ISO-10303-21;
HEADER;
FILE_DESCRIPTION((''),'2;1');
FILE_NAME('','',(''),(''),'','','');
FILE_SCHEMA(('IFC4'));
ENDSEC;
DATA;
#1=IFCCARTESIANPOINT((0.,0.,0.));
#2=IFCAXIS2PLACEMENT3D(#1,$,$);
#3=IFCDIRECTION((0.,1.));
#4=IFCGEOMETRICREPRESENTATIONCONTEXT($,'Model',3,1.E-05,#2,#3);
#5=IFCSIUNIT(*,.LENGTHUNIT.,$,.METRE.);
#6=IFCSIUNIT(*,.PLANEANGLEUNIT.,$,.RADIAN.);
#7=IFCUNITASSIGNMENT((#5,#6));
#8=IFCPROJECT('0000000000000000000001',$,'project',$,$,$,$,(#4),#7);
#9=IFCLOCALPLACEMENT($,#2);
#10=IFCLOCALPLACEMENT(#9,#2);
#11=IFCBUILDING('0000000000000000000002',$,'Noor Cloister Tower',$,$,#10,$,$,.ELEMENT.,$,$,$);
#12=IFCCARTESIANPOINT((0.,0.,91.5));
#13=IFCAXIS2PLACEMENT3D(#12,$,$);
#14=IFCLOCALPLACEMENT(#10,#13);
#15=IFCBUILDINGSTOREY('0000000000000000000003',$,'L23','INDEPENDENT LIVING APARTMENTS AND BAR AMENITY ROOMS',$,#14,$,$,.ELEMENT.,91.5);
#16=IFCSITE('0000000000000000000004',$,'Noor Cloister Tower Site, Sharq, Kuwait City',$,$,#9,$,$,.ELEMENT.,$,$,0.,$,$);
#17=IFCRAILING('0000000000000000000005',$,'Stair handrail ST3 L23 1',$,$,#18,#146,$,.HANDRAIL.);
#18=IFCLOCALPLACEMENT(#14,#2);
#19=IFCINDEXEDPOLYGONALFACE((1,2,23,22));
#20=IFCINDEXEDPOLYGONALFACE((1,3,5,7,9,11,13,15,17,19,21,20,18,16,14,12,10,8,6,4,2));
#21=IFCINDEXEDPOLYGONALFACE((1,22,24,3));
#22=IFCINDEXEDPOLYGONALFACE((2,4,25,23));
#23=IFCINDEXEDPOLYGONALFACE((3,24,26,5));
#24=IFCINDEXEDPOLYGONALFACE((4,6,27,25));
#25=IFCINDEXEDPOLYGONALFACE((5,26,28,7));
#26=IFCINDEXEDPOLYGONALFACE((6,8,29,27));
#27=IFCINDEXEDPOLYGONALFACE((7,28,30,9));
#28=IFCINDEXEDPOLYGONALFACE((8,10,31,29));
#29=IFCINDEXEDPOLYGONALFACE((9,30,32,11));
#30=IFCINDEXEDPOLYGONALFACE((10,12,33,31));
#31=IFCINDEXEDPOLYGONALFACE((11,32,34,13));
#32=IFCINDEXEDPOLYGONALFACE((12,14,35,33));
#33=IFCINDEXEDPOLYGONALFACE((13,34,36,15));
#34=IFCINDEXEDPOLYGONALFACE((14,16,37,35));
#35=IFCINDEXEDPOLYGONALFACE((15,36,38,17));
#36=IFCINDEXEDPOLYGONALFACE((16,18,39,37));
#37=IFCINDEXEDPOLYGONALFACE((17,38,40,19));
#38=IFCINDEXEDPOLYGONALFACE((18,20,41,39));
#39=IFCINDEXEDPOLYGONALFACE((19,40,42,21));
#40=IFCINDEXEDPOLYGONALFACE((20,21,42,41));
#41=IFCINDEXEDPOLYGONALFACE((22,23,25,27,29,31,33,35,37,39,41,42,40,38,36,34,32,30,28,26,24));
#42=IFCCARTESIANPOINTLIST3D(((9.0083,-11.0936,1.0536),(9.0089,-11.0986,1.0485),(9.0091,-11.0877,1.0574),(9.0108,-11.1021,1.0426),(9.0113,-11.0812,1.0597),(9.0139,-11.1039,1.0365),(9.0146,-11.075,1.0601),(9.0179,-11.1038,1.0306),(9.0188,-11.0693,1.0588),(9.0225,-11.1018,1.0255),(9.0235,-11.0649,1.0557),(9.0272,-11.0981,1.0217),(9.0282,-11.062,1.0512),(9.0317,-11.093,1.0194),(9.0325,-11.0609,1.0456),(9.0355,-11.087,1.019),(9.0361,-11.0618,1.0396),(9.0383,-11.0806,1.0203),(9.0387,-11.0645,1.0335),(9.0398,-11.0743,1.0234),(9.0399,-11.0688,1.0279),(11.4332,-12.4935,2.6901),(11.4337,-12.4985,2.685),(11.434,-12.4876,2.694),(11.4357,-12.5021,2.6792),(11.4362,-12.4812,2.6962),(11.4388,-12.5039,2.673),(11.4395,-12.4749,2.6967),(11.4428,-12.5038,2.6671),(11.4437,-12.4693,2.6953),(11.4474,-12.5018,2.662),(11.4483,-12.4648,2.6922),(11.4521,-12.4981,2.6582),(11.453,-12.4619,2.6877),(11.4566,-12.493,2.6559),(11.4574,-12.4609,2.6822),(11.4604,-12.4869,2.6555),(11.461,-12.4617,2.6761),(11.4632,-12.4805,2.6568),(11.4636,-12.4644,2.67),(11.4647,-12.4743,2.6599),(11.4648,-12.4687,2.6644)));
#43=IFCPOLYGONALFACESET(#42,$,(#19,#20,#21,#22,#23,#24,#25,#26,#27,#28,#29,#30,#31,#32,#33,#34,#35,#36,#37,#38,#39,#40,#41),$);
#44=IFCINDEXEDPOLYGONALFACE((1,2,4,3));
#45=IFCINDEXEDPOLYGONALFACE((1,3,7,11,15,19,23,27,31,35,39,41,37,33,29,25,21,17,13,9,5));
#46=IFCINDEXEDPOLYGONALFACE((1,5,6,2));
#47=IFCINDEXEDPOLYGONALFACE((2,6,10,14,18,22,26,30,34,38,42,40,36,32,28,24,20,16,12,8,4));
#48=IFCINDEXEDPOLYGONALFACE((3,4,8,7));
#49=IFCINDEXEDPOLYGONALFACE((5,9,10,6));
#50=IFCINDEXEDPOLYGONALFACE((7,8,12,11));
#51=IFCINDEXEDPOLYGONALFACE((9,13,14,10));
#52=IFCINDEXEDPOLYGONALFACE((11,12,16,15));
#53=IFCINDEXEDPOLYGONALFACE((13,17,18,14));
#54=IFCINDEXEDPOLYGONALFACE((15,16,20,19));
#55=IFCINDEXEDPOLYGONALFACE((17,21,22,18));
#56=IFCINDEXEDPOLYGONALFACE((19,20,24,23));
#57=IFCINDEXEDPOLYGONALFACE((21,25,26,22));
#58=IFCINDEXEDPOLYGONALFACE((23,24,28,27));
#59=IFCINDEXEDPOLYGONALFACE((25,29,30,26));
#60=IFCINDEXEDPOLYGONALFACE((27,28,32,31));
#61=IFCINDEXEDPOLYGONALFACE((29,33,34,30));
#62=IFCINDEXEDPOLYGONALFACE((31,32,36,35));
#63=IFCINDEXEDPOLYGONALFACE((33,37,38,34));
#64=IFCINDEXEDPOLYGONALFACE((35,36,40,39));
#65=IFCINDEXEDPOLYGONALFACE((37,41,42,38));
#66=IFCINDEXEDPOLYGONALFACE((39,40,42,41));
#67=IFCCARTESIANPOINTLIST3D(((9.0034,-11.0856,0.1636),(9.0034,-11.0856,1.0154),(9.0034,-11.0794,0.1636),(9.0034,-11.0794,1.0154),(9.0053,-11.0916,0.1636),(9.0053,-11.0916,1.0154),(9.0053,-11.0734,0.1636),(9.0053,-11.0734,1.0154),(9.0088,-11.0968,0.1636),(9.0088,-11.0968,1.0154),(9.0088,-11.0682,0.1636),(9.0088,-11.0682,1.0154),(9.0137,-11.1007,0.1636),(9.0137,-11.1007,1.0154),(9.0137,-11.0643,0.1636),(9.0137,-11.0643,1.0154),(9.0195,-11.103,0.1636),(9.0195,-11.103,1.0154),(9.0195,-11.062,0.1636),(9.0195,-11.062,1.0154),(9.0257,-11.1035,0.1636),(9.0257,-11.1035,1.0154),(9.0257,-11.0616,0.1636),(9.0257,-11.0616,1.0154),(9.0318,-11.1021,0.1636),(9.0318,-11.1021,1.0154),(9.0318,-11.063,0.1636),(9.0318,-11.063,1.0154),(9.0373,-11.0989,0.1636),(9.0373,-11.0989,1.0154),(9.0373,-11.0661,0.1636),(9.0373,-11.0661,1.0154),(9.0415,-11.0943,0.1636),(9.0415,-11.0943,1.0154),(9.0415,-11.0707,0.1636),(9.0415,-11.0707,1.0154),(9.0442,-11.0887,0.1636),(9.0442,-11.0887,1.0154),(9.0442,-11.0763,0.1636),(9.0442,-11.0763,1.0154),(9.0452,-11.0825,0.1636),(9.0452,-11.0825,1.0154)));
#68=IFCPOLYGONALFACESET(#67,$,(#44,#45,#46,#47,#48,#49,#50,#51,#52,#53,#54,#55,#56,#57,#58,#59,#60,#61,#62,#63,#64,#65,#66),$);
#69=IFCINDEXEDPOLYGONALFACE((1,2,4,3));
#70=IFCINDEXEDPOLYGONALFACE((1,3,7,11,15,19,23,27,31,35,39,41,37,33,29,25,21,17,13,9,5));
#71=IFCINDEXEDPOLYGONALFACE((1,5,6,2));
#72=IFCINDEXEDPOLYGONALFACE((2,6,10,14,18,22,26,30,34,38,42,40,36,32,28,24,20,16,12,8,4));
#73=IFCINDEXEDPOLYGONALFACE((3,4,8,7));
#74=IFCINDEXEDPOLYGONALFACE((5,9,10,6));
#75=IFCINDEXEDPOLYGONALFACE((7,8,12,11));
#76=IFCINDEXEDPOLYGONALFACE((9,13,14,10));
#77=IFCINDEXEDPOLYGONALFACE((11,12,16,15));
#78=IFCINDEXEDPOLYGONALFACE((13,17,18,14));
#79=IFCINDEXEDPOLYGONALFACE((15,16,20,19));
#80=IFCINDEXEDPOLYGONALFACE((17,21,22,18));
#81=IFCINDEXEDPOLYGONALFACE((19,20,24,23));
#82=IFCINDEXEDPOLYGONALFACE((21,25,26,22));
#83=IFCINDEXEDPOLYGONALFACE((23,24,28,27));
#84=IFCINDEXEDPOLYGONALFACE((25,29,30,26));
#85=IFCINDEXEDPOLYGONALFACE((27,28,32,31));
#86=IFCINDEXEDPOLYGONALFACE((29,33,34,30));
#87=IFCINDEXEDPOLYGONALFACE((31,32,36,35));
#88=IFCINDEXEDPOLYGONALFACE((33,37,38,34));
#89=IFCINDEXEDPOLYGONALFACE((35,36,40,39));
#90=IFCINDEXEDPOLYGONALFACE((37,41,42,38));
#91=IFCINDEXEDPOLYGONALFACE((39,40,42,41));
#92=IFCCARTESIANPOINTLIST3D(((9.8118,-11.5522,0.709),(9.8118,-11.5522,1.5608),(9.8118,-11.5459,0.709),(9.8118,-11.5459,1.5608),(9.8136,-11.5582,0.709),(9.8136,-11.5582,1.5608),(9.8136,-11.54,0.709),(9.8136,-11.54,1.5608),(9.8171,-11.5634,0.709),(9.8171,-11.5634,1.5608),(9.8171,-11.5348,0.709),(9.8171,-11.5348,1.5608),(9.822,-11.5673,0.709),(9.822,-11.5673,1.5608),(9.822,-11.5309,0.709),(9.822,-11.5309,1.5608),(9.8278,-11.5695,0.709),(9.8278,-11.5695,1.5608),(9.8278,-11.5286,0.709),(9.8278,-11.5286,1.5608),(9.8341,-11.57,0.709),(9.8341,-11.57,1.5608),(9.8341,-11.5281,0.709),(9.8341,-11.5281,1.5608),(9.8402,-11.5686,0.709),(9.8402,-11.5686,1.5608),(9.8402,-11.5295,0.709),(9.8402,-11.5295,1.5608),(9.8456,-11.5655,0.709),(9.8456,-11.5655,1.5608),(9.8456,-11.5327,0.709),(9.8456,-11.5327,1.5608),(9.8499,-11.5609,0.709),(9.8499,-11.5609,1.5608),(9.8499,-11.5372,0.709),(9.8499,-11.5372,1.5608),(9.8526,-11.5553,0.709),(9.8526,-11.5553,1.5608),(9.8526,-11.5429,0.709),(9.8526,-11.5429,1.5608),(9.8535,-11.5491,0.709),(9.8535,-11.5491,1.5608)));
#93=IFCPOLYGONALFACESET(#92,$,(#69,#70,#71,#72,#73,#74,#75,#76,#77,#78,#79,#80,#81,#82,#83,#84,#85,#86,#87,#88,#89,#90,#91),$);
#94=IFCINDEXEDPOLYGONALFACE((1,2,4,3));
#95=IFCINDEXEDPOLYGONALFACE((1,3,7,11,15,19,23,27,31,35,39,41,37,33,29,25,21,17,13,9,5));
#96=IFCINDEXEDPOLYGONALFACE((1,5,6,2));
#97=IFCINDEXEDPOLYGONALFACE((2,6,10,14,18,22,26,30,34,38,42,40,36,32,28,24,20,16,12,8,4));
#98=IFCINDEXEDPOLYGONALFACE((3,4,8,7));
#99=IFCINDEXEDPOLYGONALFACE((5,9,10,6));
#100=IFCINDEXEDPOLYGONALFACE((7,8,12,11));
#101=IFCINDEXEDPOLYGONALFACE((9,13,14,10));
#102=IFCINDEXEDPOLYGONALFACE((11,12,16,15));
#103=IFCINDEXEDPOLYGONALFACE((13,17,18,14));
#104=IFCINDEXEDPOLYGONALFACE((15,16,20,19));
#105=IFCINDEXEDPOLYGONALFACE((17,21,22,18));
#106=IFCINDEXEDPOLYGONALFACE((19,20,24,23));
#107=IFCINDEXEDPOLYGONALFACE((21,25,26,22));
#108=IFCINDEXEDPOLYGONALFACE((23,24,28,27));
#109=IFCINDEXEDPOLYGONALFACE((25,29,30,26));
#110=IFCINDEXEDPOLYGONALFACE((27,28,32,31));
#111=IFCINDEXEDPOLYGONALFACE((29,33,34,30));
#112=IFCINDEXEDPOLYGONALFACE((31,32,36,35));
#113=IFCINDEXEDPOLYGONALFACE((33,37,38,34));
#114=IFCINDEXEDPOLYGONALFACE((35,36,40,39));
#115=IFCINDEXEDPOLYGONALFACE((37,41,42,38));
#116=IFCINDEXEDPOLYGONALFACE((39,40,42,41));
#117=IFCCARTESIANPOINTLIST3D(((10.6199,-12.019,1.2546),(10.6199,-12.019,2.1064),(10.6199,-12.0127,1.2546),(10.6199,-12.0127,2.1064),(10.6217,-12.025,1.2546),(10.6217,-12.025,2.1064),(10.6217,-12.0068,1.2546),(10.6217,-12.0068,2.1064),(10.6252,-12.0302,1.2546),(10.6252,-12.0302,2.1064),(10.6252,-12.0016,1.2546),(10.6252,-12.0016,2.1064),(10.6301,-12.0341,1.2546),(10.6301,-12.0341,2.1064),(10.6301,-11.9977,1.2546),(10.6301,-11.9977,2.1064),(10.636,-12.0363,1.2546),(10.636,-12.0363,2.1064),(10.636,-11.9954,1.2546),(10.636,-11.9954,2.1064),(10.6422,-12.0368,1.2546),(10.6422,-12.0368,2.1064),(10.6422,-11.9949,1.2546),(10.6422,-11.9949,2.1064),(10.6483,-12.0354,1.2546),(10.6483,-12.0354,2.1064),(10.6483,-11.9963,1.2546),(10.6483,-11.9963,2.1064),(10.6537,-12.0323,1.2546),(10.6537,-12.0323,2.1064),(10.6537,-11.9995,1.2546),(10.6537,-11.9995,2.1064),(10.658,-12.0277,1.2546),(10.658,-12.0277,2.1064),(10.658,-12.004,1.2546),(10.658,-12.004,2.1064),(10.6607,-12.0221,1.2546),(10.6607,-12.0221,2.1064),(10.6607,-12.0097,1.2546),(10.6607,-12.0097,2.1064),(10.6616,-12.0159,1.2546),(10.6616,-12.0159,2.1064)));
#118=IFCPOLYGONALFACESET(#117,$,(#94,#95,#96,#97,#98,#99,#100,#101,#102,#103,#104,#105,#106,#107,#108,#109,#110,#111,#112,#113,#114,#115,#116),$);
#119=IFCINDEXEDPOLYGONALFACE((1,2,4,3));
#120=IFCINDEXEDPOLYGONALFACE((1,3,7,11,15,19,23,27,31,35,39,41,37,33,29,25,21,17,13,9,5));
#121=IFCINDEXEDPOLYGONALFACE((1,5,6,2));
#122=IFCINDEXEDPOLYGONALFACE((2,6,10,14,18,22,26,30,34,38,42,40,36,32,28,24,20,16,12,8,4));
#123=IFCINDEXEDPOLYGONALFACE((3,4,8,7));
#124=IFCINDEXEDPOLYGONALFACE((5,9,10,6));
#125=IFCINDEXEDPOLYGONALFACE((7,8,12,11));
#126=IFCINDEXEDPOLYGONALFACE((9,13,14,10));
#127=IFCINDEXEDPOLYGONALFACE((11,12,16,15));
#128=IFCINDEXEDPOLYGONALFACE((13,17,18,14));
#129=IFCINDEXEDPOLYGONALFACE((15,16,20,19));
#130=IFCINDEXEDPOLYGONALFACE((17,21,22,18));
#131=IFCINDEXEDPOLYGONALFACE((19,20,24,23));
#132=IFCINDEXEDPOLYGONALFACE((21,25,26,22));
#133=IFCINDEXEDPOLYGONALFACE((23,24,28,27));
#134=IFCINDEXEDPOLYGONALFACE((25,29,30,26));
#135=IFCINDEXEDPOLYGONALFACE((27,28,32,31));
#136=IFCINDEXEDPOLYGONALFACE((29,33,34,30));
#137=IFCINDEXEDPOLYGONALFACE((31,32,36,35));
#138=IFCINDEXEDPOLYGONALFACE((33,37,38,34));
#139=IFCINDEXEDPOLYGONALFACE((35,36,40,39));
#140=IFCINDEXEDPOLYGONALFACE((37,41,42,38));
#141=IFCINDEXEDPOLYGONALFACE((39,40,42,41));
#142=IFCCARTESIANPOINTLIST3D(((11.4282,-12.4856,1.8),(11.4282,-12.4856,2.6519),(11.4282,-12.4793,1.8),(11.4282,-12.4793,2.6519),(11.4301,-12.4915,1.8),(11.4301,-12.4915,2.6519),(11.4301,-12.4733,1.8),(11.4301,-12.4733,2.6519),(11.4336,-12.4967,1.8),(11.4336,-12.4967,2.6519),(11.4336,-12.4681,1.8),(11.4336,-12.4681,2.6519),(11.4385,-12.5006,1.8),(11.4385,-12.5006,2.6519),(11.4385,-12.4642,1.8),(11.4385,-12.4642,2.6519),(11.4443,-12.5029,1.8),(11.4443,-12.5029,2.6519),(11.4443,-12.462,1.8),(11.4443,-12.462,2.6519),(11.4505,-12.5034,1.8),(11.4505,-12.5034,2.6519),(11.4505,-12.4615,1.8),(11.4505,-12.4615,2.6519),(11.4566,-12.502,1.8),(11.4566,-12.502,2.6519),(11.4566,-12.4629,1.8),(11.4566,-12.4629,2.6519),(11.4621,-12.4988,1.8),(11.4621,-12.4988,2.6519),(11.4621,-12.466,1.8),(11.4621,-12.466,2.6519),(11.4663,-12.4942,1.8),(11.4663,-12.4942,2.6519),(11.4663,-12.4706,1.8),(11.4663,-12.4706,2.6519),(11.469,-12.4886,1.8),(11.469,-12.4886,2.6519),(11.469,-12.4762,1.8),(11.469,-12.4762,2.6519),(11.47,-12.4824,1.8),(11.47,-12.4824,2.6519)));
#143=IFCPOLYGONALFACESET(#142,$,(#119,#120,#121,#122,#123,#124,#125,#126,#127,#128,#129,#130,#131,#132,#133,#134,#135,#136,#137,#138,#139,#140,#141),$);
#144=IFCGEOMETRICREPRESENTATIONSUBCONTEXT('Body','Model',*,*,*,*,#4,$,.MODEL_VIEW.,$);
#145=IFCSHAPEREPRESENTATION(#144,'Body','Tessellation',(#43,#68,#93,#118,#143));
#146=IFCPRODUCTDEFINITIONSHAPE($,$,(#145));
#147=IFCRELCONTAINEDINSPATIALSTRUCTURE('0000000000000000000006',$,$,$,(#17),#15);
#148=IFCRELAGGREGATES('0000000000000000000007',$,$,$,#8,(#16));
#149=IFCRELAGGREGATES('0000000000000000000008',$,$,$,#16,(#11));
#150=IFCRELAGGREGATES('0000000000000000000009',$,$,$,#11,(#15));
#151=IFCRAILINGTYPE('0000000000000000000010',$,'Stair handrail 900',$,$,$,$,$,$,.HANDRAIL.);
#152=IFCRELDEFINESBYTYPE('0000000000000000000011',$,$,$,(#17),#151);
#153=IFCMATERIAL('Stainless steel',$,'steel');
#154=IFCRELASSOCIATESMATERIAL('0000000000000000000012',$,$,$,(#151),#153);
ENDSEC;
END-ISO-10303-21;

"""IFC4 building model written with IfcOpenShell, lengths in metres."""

from ifc_helpers import new_model, si_unit, direction, frame, origin, origin_2d, place, context, subcontext, project, spatial, circle, extrude, material, type_object, element, save


model = new_model("IFC4")

# Units and contexts
model_context = context("Model", 3, precision=1e-05, world=origin(), true_north=direction((0.0, 1.0)))
body_context = subcontext(model_context, "Body", "Model", "MODEL_VIEW")
ifc_project = project(units=[si_unit("LENGTHUNIT", "METRE"), si_unit("PLANEANGLEUNIT", "RADIAN")], contexts=[model_context])

# Site, building, storey
site_placement = place(None, origin())
site = spatial("IfcSite", under=ifc_project, at=site_placement, Name="Noor Cloister Tower Site, Sharq, Kuwait City", CompositionType="ELEMENT", RefElevation=0.0)
building_placement = place(site_placement, origin())
building = spatial("IfcBuilding", under=site, at=building_placement, Name="Noor Cloister Tower", CompositionType="ELEMENT")
storey_placement = place(building_placement, frame((0.0, 0.0, 91.5)))
storey = spatial("IfcBuildingStorey", under=building, at=storey_placement, Name="L23", Description="INDEPENDENT LIVING APARTMENTS AND BAR AMENITY ROOMS", CompositionType="ELEMENT", Elevation=91.5)

# Railing
ifc_material_1 = material(Name="Stainless steel", Category="steel")
railing_type = type_object("IfcRailingType", Name="Stair handrail 900", PredefinedType="HANDRAIL", material=ifc_material_1)
railing_placement = place(storey_placement, frame((9.0242, -11.0825, 0.1636)))
element("IfcRailing", 1, at=railing_placement, inside=storey, type_object=railing_type, Name="Stair handrail ST3 L23 1", PredefinedType="HANDRAIL", context=body_context, shape_type="SweptSolid", body=[
    extrude(circle(Radius=0.0239, at=origin_2d()), frame((0.0, 0.0, 0.876), z_axis=(0.74769, -0.431661, 0.504608), x_axis=(0.499984, 0.866035, 0.0)), (0.0, 0.0, 1.0), 3.2432),
    extrude(circle(Radius=0.021, at=origin_2d()), origin(), (0.0, 0.0, 1.0), 0.8518),
    extrude(circle(Radius=0.021, at=origin_2d()), frame((0.8083, -0.4666, 0.5454)), (0.0, 0.0, 1.0), 0.8518),
    extrude(circle(Radius=0.021, at=origin_2d()), frame((1.6165, -0.9333, 1.0911)), (0.0, 0.0, 1.0), 0.8518),
    extrude(circle(Radius=0.021, at=origin_2d()), frame((2.4248, -1.3999, 1.6365)), (0.0, 0.0, 1.0), 0.8518),
])

save(model, "model.ifc")
